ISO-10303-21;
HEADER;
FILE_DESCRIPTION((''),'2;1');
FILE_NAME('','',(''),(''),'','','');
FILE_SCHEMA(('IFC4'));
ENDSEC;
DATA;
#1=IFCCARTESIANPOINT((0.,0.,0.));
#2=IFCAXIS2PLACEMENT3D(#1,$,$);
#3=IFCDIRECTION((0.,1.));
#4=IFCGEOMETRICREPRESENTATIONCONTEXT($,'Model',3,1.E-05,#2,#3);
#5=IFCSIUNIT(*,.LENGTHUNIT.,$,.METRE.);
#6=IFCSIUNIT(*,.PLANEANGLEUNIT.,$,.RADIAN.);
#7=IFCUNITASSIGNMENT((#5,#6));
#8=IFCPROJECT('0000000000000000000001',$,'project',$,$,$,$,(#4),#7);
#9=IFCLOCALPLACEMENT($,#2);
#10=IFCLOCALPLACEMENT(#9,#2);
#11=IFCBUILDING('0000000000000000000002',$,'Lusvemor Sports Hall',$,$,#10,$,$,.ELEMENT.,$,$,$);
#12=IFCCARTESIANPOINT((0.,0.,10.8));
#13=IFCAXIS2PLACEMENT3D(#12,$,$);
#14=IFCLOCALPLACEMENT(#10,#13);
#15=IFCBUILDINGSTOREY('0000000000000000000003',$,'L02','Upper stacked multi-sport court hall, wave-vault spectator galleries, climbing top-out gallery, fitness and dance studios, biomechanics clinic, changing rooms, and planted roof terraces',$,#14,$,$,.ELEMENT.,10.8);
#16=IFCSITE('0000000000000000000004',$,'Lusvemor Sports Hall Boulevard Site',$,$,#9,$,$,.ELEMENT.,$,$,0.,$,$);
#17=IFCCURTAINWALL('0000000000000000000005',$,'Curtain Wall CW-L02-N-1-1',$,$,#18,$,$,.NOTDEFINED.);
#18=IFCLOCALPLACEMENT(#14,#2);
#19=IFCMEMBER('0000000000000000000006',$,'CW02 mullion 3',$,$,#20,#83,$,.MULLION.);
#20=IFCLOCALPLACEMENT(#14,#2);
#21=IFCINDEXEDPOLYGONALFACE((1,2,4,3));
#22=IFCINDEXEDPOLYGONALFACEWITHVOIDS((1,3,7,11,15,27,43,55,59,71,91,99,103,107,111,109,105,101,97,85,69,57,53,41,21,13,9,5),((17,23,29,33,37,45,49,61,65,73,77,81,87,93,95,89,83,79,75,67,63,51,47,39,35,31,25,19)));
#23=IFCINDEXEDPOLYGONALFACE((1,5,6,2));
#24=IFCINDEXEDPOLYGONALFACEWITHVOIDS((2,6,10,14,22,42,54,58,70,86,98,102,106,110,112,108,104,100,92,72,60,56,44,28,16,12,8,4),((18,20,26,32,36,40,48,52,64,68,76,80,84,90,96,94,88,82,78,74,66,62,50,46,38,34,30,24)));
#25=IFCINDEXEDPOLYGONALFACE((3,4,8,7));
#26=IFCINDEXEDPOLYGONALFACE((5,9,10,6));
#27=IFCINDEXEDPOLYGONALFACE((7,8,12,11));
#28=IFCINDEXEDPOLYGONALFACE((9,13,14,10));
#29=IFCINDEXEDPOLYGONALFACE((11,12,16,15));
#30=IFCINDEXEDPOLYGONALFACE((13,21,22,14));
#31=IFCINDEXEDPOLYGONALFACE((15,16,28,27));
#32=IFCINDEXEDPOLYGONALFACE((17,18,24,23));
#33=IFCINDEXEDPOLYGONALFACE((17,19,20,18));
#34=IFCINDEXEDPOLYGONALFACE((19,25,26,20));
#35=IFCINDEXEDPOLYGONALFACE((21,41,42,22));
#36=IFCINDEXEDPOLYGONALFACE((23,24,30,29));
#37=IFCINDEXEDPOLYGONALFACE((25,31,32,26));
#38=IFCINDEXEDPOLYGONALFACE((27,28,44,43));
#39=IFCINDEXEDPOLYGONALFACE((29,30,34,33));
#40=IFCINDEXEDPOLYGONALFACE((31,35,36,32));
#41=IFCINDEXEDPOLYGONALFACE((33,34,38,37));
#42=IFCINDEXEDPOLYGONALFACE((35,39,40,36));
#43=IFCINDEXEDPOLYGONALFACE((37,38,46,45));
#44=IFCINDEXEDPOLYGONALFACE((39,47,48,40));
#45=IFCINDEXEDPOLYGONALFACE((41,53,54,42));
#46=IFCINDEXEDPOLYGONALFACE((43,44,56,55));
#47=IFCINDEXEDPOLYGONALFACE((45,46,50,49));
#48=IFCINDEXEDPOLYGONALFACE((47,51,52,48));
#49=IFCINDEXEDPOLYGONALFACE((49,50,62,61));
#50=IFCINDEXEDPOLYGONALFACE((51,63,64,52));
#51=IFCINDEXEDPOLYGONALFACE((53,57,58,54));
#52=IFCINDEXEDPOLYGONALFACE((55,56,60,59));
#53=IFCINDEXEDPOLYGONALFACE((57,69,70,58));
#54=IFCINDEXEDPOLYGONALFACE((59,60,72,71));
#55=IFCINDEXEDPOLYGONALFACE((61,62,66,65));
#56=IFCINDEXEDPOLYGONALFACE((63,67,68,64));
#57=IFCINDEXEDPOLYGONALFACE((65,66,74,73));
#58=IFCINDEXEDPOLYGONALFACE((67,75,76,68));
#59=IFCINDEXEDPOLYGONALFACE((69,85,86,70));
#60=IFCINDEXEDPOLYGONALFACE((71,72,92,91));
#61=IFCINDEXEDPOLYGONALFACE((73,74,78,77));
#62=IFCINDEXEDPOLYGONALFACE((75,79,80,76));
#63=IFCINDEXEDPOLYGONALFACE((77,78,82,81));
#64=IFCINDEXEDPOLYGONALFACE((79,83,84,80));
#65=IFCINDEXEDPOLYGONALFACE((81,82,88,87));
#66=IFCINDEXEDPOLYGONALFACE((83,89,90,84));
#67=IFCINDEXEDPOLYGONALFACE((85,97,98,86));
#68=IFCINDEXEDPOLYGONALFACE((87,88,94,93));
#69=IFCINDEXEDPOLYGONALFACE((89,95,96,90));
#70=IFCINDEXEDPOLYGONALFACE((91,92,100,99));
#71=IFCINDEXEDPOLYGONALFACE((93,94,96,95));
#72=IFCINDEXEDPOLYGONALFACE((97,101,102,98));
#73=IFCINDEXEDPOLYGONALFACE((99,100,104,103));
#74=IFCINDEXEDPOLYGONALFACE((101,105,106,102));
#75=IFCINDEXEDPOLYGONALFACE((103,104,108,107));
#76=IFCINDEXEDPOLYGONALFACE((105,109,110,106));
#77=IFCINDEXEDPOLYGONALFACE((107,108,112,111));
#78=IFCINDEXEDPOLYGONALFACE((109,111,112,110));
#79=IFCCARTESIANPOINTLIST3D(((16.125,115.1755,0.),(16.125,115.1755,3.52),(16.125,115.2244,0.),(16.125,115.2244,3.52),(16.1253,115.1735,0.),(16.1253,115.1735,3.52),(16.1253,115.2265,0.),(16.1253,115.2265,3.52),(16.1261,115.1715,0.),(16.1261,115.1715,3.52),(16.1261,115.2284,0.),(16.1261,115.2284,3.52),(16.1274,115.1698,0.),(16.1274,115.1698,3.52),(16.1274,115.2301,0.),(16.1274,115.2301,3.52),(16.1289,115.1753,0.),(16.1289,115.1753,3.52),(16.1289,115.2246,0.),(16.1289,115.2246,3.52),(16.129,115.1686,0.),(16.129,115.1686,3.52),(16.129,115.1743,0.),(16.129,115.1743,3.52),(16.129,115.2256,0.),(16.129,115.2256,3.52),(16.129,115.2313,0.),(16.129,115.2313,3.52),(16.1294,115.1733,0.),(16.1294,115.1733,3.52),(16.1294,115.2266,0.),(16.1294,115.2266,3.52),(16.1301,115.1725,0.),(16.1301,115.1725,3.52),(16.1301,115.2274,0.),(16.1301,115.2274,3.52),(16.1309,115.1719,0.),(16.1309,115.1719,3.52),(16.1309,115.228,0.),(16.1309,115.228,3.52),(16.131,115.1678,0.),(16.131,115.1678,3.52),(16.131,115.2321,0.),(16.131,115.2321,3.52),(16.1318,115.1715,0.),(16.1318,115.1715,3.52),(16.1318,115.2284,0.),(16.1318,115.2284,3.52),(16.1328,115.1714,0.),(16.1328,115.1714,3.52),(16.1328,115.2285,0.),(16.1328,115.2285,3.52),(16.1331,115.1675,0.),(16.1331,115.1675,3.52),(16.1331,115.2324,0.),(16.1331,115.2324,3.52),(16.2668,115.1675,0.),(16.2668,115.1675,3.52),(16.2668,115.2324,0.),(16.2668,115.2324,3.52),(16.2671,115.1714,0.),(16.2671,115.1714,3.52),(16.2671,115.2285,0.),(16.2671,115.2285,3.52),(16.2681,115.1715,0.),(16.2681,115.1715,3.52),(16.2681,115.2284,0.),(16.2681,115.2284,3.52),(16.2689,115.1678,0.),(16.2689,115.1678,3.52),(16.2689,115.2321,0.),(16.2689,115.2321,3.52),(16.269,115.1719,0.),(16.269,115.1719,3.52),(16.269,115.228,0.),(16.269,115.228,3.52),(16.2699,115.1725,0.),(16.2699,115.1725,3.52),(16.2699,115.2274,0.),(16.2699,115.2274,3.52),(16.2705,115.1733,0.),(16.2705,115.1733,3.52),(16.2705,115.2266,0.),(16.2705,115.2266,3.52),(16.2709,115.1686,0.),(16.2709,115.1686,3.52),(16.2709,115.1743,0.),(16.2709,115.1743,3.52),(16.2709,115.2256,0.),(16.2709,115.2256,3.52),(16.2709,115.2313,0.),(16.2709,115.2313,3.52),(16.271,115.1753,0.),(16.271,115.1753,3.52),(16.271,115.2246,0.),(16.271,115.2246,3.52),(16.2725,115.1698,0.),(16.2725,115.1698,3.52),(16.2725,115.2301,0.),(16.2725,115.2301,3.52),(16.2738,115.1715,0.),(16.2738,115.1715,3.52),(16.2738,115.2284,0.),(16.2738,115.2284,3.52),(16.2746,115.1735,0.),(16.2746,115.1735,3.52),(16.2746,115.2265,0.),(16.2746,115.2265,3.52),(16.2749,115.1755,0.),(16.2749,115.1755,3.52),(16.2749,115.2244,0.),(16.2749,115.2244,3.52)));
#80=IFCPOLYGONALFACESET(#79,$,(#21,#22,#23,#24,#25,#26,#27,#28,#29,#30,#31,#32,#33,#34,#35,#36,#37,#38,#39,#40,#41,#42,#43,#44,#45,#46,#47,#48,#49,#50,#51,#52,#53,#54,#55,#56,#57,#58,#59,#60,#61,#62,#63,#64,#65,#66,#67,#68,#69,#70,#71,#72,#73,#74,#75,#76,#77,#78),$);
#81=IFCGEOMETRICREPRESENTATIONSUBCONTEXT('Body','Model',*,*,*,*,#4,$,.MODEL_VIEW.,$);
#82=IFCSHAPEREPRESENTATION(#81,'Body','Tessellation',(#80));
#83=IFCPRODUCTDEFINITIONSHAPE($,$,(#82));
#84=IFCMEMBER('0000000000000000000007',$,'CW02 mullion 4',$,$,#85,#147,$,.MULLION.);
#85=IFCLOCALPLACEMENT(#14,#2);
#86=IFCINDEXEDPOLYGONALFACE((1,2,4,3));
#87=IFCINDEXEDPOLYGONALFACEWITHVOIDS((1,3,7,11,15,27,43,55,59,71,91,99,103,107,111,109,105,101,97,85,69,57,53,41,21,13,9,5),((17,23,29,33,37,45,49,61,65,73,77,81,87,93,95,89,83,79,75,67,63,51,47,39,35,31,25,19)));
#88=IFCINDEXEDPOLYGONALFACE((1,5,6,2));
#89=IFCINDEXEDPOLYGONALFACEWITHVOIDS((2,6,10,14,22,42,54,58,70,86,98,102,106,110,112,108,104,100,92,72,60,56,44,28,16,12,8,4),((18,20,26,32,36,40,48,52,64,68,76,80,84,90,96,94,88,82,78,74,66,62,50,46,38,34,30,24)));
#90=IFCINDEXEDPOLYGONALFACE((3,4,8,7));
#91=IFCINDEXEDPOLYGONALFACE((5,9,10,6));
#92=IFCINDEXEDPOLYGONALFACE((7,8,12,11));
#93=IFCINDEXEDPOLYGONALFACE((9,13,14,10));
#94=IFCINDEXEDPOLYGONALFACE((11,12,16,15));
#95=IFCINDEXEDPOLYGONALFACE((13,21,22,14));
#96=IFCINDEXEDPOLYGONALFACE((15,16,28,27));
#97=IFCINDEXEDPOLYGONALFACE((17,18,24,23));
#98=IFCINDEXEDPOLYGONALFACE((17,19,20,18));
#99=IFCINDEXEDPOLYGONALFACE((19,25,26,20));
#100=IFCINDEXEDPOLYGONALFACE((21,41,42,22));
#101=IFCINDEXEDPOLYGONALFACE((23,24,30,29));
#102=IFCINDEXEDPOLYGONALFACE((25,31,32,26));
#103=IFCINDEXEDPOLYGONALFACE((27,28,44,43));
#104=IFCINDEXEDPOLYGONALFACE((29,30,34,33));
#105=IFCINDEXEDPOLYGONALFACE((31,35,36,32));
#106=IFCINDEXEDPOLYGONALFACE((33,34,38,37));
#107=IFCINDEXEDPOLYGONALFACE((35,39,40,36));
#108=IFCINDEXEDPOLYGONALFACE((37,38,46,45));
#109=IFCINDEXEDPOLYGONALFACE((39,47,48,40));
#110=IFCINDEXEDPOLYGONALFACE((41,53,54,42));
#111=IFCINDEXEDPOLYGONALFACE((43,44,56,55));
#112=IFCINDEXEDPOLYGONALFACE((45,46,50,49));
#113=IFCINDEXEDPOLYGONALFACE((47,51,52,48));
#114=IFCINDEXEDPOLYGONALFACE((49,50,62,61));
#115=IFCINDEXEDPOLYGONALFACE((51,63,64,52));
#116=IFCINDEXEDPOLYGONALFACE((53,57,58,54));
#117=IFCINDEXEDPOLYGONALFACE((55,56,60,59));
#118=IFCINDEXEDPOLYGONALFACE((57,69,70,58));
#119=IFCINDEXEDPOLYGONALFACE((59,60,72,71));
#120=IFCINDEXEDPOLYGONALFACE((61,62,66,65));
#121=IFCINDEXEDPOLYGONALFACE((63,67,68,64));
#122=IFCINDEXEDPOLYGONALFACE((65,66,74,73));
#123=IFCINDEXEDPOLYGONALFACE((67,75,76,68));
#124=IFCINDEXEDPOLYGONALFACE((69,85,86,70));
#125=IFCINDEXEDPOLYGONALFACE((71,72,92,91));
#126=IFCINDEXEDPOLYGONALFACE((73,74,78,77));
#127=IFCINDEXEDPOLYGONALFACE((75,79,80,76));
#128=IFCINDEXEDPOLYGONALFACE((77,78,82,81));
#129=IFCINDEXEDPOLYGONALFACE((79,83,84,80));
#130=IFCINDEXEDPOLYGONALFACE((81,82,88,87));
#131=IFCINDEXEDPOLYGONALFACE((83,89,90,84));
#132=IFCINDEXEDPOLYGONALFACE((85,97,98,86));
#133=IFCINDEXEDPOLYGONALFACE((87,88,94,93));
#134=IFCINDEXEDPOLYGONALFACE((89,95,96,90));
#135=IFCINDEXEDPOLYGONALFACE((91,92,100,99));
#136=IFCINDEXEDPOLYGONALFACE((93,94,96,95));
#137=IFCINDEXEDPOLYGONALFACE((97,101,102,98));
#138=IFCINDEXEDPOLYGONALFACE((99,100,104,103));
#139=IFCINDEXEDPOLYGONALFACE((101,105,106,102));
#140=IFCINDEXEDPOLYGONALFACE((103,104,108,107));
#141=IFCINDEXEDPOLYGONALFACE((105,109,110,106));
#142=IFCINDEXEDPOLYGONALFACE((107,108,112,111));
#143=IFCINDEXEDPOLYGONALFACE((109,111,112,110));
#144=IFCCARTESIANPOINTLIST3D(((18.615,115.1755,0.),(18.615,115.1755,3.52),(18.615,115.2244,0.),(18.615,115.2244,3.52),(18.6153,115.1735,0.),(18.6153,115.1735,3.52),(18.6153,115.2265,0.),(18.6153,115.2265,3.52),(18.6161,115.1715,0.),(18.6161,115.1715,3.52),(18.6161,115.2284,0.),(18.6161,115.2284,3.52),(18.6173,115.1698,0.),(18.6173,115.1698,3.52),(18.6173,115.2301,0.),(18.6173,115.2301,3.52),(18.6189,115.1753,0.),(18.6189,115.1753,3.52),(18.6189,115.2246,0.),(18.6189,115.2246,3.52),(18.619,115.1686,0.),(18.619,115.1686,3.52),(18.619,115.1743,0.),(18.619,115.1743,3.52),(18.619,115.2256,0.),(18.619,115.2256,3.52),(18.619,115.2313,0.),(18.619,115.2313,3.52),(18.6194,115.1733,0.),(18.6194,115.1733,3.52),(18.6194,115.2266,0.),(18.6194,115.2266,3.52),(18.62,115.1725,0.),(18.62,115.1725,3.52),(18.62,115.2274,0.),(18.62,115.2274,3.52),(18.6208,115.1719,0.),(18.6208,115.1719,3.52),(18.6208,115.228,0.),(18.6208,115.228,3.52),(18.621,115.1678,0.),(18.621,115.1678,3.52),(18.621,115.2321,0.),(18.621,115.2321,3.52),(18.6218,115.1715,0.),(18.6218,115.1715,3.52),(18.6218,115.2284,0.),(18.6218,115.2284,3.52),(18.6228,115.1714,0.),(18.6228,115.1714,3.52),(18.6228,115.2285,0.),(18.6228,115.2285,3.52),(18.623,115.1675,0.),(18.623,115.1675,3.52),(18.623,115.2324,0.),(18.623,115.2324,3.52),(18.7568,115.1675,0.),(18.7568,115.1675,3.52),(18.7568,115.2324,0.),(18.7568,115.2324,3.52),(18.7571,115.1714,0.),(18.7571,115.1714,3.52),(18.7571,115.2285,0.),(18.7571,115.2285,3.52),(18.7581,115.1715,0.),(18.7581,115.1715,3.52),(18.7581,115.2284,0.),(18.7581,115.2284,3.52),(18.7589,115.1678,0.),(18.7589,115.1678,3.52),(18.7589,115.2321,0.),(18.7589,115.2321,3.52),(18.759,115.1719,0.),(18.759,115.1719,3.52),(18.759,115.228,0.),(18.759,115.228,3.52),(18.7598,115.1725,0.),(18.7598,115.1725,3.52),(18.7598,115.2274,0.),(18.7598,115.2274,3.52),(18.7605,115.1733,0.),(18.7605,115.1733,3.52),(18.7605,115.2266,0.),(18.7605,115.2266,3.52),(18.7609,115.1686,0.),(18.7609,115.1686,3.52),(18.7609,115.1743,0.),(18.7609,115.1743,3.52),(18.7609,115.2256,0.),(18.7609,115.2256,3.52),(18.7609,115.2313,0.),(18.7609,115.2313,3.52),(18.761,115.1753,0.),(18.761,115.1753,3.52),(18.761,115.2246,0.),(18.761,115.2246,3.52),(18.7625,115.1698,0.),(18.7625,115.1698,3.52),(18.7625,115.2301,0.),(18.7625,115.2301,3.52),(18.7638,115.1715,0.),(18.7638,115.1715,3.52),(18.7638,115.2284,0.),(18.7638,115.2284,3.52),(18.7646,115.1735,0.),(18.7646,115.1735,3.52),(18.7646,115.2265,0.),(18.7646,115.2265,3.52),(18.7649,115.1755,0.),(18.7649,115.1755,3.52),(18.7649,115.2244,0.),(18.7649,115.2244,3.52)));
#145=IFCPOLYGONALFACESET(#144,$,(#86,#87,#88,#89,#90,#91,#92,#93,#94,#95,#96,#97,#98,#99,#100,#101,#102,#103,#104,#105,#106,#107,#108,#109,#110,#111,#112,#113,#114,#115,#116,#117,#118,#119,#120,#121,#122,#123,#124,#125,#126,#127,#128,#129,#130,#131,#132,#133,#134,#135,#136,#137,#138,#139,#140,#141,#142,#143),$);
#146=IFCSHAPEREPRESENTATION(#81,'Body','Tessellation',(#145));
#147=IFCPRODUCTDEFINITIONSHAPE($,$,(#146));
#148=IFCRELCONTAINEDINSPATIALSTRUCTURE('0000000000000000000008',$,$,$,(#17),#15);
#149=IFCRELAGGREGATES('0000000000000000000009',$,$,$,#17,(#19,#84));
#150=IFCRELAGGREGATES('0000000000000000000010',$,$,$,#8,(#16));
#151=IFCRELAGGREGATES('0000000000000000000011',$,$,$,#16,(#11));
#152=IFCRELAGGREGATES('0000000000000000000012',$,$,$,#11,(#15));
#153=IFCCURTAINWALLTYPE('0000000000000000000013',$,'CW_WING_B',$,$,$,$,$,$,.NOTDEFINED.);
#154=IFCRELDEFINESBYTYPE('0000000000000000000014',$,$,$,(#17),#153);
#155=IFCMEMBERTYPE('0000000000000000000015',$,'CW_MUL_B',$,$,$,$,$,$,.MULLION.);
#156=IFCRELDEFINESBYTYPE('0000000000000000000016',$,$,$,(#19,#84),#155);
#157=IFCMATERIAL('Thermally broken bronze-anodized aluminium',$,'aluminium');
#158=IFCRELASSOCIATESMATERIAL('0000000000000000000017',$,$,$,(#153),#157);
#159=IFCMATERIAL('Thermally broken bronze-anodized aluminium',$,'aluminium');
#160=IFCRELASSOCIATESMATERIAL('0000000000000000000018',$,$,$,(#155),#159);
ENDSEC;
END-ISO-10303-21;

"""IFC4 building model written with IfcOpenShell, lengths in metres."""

from ifc_helpers import new_model, si_unit, direction, frame, origin, origin_2d, place, context, subcontext, project, spatial, hollow_rectangle, extrude, material, material_profile, profile_set, type_object, element, aggregate, save


model = new_model("IFC4")

# Units and contexts
model_context = context("Model", 3, precision=1e-05, world=origin(), true_north=direction((0.0, 1.0)))
body_context = subcontext(model_context, "Body", "Model", "MODEL_VIEW")
ifc_project = project(units=[si_unit("LENGTHUNIT", "METRE"), si_unit("PLANEANGLEUNIT", "RADIAN")], contexts=[model_context])

# Site, building, storey
site_placement = place(None, origin())
site = spatial("IfcSite", under=ifc_project, at=site_placement, Name="Lusvemor Sports Hall Boulevard Site", CompositionType="ELEMENT", RefElevation=0.0)
building_placement = place(site_placement, origin())
building = spatial("IfcBuilding", under=site, at=building_placement, Name="Lusvemor Sports Hall", CompositionType="ELEMENT")
storey_placement = place(building_placement, frame((0.0, 0.0, 10.8)))
storey = spatial("IfcBuildingStorey", under=building, at=storey_placement, Name="L02", Description="Upper stacked multi-sport court hall, wave-vault spectator galleries, climbing top-out gallery, fitness and dance studios, biomechanics clinic, changing rooms, and planted roof terraces", CompositionType="ELEMENT", Elevation=10.8)

# Curtain wall, members
ifc_material_1 = material(Name="Thermally broken bronze-anodized aluminium", Category="aluminium")
curtain_wall_type = type_object("IfcCurtainWallType", Name="CW_WING_B", PredefinedType="NOTDEFINED", material=ifc_material_1)
curtain_wall_placement = place(storey_placement, origin())
curtain_wall = element("IfcCurtainWall", 1, at=curtain_wall_placement, inside=storey, type_object=curtain_wall_type, Name="Curtain Wall CW-L02-N-1-1", PredefinedType="NOTDEFINED")
ifc_material_2 = material(Name="Thermally broken bronze-anodized aluminium", Category="aluminium")
ifc_material_profile_1 = material_profile(ifc_material_2, hollow_rectangle(XDim=0.0649, YDim=0.1499, WallThickness=0.0039, InnerFilletRadius=0.0039, OuterFilletRadius=0.0081, at=origin_2d()), Name="CWMUL150x65x4")
ifc_profile_set_1 = profile_set([ifc_material_profile_1], Name="Thermally broken bronze-anodized aluminium")
member_type_1 = type_object("IfcMemberType", Name="CW_MUL_B", PredefinedType="MULLION", material=ifc_profile_set_1)
member_1_placement = place(storey_placement, frame((16.2, 115.2, 0.0), z_axis=(0.0, 0.0, 1.0), x_axis=(0.0, 1.0, 0.0)))
member_1 = element("IfcMember", 2, at=member_1_placement, type_object=member_type_1, Name="CW02 mullion 3", PredefinedType="MULLION", context=body_context, shape_type="SweptSolid", body=[
    extrude(hollow_rectangle(XDim=0.0649, YDim=0.1499, WallThickness=0.0039, InnerFilletRadius=0.0039, OuterFilletRadius=0.0081, at=origin_2d()), origin(), (0.0, 0.0, 1.0), 3.52),
])
member_2_placement = place(storey_placement, frame((18.6899, 115.2, 0.0), z_axis=(0.0, 0.0, 1.0), x_axis=(0.0, 1.0, 0.0)))
member_2 = element("IfcMember", 3, at=member_2_placement, type_object=member_type_1, Name="CW02 mullion 4", PredefinedType="MULLION", context=body_context, shape_type="SweptSolid", body=[
    extrude(hollow_rectangle(XDim=0.0649, YDim=0.1499, WallThickness=0.0039, InnerFilletRadius=0.0039, OuterFilletRadius=0.0081, at=origin_2d()), origin(), (0.0, 0.0, 1.0), 3.52),
])
aggregate(curtain_wall, [member_1, member_2])

save(model, "model.ifc")
